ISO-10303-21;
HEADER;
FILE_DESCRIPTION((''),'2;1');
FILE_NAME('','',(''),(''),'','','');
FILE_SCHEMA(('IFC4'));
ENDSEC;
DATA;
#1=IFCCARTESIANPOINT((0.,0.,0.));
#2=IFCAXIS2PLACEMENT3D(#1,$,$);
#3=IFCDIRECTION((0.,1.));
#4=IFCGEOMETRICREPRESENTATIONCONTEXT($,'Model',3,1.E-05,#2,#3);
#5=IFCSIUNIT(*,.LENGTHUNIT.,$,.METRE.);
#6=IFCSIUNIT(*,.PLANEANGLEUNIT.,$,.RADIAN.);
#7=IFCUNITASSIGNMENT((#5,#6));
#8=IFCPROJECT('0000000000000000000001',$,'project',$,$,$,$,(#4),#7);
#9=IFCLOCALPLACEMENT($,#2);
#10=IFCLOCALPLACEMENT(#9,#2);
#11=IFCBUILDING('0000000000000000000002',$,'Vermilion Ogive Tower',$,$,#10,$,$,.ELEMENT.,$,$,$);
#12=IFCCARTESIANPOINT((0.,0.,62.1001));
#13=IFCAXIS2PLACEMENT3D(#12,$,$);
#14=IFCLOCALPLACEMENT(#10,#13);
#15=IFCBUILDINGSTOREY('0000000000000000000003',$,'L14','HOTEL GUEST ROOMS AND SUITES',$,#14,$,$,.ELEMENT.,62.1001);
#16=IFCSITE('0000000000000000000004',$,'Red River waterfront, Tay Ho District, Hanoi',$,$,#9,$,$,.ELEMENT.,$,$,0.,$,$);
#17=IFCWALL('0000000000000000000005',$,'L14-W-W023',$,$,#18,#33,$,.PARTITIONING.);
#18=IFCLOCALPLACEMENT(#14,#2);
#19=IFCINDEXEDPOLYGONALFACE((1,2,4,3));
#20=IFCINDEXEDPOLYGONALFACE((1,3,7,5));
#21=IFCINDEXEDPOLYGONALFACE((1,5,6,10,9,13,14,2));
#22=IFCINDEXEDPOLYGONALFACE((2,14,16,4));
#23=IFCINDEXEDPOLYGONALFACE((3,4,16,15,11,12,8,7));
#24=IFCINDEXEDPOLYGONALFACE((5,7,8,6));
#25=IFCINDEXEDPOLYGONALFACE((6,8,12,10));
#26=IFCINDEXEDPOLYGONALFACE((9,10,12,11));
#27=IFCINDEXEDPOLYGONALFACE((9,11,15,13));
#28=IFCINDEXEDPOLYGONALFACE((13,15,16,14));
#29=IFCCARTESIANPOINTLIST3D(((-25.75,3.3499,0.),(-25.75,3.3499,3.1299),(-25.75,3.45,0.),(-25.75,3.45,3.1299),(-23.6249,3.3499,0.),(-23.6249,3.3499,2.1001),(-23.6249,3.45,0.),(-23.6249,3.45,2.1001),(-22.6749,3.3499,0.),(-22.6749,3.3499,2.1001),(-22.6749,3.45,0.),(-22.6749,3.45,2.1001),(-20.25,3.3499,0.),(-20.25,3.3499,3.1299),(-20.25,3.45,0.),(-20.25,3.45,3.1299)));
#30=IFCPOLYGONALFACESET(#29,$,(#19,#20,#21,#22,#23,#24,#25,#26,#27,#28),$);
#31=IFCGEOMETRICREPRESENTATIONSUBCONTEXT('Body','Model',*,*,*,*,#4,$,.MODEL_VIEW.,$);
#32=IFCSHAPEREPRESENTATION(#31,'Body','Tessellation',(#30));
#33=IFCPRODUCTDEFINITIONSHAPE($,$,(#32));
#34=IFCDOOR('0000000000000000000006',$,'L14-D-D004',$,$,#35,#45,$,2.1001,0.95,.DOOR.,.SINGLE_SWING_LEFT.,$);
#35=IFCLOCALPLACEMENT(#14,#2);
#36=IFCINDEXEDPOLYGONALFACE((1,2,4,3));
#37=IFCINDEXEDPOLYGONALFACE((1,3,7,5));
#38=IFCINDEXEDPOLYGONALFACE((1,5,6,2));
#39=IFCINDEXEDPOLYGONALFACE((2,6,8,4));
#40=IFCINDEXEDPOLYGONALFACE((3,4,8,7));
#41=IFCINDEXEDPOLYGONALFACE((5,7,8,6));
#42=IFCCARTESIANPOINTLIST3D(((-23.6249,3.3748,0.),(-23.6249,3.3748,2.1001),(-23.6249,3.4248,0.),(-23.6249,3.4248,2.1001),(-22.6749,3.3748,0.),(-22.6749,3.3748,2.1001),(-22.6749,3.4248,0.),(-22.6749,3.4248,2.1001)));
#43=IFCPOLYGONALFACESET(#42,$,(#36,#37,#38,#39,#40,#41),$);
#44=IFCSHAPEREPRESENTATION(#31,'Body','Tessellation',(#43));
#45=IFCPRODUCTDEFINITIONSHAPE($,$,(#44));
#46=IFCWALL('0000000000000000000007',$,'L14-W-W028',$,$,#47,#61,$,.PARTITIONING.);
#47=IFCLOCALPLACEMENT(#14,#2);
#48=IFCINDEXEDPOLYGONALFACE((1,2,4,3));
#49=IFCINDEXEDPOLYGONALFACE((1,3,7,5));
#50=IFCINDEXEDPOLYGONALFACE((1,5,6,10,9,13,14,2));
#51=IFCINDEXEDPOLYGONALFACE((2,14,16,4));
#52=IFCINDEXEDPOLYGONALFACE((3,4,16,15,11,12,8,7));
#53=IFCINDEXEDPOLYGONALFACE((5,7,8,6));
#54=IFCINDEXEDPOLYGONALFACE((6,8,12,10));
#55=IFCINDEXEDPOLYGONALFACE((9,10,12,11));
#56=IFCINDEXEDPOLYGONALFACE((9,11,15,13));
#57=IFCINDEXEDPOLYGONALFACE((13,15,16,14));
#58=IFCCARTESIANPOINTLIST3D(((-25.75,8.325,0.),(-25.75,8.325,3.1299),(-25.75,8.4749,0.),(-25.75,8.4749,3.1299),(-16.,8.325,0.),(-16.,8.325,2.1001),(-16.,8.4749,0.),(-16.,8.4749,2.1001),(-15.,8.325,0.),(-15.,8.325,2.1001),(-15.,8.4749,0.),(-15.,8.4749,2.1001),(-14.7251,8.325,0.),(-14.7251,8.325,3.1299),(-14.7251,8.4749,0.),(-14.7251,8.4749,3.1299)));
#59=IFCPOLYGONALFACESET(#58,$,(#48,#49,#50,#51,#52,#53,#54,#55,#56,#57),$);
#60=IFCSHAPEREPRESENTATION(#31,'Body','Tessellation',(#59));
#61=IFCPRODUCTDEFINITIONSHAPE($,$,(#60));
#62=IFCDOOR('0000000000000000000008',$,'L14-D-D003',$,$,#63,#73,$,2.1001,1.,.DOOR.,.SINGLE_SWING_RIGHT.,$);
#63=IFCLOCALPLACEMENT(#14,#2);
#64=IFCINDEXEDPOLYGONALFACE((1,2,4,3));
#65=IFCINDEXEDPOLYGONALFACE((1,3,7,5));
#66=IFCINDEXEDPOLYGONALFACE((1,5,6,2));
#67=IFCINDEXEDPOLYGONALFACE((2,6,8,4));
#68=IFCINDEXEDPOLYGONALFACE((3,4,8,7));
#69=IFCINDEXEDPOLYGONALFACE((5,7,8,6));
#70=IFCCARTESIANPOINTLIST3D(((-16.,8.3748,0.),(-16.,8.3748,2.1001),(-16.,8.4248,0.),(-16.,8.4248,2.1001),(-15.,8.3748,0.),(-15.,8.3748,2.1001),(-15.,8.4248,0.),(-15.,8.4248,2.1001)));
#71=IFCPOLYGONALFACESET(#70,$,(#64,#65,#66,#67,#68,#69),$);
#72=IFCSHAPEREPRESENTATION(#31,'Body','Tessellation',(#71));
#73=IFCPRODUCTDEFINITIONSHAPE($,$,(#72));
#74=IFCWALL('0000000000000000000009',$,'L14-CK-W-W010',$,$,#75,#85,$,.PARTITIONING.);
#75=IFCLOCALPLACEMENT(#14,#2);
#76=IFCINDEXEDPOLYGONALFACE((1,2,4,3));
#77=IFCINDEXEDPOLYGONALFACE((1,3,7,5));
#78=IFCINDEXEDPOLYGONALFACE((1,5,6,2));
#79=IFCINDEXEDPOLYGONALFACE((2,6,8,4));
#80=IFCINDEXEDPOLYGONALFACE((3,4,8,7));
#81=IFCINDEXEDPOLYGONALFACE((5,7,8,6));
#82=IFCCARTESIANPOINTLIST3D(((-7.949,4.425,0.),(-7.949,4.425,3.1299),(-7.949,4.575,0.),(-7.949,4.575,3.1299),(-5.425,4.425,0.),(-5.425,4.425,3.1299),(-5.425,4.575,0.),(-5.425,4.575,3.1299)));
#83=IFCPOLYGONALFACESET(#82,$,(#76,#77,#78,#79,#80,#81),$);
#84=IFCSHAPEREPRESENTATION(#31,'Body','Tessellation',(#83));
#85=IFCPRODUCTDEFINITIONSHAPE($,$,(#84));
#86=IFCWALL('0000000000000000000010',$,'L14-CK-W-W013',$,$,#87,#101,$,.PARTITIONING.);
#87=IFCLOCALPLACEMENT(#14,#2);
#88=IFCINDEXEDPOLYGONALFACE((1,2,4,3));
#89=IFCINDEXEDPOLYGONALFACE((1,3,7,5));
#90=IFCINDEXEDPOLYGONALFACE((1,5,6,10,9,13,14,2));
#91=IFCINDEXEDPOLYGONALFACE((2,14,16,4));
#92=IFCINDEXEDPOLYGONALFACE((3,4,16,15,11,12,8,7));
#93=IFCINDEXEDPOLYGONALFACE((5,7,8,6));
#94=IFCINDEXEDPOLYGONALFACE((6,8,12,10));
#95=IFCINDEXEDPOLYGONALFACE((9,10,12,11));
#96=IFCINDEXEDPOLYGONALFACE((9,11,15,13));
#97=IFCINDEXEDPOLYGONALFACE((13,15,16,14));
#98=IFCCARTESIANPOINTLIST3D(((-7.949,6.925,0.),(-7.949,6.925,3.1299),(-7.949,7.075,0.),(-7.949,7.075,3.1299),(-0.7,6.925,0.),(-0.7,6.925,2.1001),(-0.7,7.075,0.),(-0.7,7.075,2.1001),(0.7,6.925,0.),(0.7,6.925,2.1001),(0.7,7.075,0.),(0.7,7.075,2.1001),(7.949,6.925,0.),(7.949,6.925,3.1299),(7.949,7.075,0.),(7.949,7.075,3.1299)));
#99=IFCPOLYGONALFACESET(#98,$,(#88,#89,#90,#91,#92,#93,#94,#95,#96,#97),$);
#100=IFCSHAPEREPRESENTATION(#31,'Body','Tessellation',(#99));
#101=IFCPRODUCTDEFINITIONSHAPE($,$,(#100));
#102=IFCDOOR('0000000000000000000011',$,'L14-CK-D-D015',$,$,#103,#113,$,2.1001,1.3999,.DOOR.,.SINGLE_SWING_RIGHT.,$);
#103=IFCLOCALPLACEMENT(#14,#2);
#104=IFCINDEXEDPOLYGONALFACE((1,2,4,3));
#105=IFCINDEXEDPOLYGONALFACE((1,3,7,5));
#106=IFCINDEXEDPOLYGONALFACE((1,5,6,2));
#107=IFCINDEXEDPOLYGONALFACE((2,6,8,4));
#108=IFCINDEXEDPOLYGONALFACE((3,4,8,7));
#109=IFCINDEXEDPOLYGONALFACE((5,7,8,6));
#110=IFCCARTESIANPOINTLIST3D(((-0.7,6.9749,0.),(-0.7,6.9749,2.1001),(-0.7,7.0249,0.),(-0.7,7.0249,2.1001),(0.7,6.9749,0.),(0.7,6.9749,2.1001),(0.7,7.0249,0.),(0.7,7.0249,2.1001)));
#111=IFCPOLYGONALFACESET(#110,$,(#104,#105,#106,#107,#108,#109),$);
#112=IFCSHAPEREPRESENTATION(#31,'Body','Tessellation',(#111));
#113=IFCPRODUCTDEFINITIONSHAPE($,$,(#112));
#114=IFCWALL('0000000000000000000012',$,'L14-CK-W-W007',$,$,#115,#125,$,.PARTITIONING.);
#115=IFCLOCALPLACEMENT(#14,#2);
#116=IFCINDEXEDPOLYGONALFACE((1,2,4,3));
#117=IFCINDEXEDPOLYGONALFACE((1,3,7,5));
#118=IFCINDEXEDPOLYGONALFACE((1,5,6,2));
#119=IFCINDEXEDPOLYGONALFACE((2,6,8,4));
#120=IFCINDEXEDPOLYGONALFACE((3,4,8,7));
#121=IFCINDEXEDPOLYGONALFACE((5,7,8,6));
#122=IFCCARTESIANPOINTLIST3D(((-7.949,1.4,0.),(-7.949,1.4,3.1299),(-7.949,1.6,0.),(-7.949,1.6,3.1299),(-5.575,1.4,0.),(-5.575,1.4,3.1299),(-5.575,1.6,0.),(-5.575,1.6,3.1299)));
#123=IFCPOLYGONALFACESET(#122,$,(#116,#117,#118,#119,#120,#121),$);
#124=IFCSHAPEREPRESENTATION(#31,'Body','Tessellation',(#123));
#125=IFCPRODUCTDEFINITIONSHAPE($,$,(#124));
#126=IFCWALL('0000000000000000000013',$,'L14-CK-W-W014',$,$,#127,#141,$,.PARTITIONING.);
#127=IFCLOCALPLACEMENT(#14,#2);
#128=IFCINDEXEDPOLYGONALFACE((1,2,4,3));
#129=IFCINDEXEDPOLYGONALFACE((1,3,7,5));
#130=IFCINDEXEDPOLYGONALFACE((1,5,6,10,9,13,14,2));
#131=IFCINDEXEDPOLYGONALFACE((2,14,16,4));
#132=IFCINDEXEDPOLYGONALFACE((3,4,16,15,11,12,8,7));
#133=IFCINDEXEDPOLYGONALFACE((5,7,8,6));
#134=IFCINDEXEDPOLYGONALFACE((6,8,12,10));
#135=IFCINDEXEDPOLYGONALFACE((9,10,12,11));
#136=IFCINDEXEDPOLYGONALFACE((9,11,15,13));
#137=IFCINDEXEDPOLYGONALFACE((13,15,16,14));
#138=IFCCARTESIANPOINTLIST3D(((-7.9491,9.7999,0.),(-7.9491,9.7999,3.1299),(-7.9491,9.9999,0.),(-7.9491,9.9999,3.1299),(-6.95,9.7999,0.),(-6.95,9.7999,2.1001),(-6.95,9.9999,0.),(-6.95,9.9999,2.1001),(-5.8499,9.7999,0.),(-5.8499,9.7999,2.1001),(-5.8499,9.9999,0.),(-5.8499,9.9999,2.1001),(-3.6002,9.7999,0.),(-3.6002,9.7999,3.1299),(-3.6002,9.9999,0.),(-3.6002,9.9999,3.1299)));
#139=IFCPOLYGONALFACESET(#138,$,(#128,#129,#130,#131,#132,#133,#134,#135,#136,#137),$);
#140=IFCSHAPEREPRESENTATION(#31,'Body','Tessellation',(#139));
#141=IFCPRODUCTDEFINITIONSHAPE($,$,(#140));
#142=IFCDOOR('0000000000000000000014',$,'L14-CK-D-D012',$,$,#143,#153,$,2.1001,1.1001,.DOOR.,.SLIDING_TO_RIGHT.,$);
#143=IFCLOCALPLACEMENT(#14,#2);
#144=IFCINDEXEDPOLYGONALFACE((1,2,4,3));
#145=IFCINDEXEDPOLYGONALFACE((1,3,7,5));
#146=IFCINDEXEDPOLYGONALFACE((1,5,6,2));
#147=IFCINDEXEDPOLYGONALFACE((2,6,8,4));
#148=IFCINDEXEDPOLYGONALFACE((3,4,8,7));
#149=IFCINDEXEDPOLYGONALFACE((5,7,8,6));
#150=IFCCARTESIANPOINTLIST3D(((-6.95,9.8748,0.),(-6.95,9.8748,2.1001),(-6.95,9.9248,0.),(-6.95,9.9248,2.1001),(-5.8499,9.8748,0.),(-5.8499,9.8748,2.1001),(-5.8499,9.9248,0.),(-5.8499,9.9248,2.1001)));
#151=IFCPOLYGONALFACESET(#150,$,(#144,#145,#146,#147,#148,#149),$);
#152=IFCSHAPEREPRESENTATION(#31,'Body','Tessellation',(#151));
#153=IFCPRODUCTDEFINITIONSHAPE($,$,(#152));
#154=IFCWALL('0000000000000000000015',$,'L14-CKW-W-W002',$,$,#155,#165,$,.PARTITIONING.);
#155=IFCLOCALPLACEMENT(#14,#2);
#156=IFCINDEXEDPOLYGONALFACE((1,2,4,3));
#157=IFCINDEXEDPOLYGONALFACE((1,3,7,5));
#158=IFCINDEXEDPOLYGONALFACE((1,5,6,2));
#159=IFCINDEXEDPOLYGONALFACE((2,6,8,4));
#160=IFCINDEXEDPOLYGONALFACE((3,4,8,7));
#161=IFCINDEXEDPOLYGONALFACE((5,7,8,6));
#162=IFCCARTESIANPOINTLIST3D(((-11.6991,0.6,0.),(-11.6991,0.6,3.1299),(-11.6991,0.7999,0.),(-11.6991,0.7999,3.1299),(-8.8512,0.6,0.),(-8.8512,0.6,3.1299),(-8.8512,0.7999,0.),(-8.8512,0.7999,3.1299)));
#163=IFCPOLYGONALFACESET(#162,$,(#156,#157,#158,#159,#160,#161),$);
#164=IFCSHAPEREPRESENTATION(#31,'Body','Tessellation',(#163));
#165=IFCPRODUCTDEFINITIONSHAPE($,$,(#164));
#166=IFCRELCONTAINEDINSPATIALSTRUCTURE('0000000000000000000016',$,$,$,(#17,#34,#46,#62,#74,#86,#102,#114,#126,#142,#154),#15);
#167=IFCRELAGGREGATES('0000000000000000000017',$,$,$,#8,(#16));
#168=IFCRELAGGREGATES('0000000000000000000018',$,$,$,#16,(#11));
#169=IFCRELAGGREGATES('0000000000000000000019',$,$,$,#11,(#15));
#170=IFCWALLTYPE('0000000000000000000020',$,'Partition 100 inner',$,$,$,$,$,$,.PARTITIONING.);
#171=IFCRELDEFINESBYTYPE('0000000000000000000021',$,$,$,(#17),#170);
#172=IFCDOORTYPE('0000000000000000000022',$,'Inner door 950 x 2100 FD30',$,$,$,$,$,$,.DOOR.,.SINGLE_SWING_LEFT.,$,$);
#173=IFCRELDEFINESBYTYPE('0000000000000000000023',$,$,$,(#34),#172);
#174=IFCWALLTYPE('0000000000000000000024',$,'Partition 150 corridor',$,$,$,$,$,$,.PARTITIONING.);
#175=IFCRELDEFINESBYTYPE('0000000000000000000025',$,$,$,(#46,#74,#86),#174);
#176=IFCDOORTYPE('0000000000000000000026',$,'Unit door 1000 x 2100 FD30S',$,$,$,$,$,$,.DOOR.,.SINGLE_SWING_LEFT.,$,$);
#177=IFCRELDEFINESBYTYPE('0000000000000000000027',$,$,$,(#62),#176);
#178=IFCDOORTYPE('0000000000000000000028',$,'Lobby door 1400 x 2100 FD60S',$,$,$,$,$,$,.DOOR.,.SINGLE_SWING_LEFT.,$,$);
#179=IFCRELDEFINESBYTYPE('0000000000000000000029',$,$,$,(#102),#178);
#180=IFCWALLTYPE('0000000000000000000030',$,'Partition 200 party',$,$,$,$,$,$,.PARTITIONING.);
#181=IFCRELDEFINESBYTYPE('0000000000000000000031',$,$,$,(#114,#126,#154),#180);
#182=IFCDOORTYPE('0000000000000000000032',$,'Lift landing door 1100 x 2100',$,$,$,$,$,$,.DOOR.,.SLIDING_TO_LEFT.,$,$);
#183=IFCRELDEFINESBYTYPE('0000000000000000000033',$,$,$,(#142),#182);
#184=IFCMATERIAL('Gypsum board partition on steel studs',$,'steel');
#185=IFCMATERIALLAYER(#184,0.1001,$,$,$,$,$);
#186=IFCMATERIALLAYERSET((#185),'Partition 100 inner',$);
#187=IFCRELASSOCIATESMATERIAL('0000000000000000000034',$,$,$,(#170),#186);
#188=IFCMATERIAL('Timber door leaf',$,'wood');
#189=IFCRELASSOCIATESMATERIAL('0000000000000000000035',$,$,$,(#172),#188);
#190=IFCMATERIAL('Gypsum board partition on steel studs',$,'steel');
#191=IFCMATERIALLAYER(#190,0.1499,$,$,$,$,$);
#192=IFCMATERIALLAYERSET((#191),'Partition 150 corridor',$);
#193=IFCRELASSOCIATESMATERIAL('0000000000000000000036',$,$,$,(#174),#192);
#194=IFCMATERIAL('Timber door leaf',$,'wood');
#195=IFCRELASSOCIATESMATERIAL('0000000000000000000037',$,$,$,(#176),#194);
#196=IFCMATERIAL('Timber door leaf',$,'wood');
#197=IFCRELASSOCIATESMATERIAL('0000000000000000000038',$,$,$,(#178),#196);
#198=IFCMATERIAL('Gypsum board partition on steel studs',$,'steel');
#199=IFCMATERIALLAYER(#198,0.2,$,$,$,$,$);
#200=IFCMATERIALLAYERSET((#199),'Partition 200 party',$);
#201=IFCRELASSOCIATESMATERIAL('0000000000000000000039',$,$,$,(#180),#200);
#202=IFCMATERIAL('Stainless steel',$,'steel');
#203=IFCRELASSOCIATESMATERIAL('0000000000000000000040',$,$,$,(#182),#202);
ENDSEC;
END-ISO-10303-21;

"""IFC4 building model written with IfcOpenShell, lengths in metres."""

from ifc_helpers import new_model, si_unit, direction, frame, frame_2d, origin, place, context, subcontext, project, spatial, rectangle, extrude, material, layer, layer_set, type_object, element, fill, save


model = new_model("IFC4")

# Units and contexts
model_context = context("Model", 3, precision=1e-05, world=origin(), true_north=direction((0.0, 1.0)))
body_context = subcontext(model_context, "Body", "Model", "MODEL_VIEW")
ifc_project = project(units=[si_unit("LENGTHUNIT", "METRE"), si_unit("PLANEANGLEUNIT", "RADIAN")], contexts=[model_context])

# Site, building, storey
site_placement = place(None, origin())
site = spatial("IfcSite", under=ifc_project, at=site_placement, Name="Red River waterfront, Tay Ho District, Hanoi", CompositionType="ELEMENT", RefElevation=0.0)
building_placement = place(site_placement, origin())
building = spatial("IfcBuilding", under=site, at=building_placement, Name="Vermilion Ogive Tower", CompositionType="ELEMENT")
storey_placement = place(building_placement, frame((0.0, 0.0, 62.1001)))
storey = spatial("IfcBuildingStorey", under=building, at=storey_placement, Name="L14", Description="HOTEL GUEST ROOMS AND SUITES", CompositionType="ELEMENT", Elevation=62.1001)

# Walls, openings, doors
ifc_material_1 = material(Name="Gypsum board partition on steel studs", Category="steel")
ifc_layer_1 = layer(ifc_material_1, 0.1001)
ifc_layer_set_1 = layer_set([ifc_layer_1], Name="Partition 100 inner")
wall_type_1 = type_object("IfcWallType", Name="Partition 100 inner", PredefinedType="PARTITIONING", material=ifc_layer_set_1)
wall_1_placement = place(storey_placement, frame((-25.75, 3.3999, 0.0), z_axis=(0.0, 0.0, 1.0), x_axis=(1.0, 0.0, 0.0)))
wall_1 = element("IfcWall", 1, at=wall_1_placement, inside=storey, type_object=wall_type_1, Name="L14-W-W023", PredefinedType="PARTITIONING", context=body_context, shape_type="SweptSolid", body=[
    extrude(rectangle(XDim=5.5, YDim=0.1001, at=frame_2d((2.75, 0.0))), origin(), (0.0, 0.0, 1.0), 3.1299),
])
opening_1_placement = place(wall_1_placement, frame((2.125, 0.0, 0.0)))
opening_1 = element("IfcOpeningElement", 2, at=opening_1_placement, cuts=wall_1, PredefinedType="OPENING", context=body_context, shape_type="SweptSolid", body=[
    extrude(rectangle(XDim=0.95, YDim=2.1001, at=frame_2d((0.4751, 1.05))), frame((0.0, 0.0601, 0.0), z_axis=(0.0, -1.0, 0.0), x_axis=(1.0, 0.0, 0.0)), (0.0, 0.0, 1.0), 0.1201),
])
ifc_material_2 = material(Name="Timber door leaf", Category="wood")
door_type_1 = type_object("IfcDoorType", Name="Inner door 950 x 2100 FD30", OperationType="SINGLE_SWING_LEFT", PredefinedType="DOOR", material=ifc_material_2)
door_1_placement = place(opening_1_placement, origin())
door_1 = element("IfcDoor", 3, at=door_1_placement, inside=storey, type_object=door_type_1, Name="L14-D-D004", OperationType="SINGLE_SWING_LEFT", OverallHeight=2.1001, OverallWidth=0.95, PredefinedType="DOOR", context=body_context, shape_type="SweptSolid", body=[
    extrude(rectangle(XDim=0.95, YDim=2.1001, at=frame_2d((0.4751, 1.05))), frame((0.0, 0.0249, 0.0), z_axis=(0.0, -1.0, 0.0), x_axis=(1.0, 0.0, 0.0)), (0.0, 0.0, 1.0), 0.05),
])
fill(opening_1, door_1)
ifc_material_3 = material(Name="Gypsum board partition on steel studs", Category="steel")
ifc_layer_2 = layer(ifc_material_3, 0.1499)
ifc_layer_set_2 = layer_set([ifc_layer_2], Name="Partition 150 corridor")
wall_type_2 = type_object("IfcWallType", Name="Partition 150 corridor", PredefinedType="PARTITIONING", material=ifc_layer_set_2)
wall_2_placement = place(storey_placement, frame((-25.75, 8.3999, 0.0), z_axis=(0.0, 0.0, 1.0), x_axis=(1.0, 0.0, 0.0)))
wall_2 = element("IfcWall", 4, at=wall_2_placement, inside=storey, type_object=wall_type_2, Name="L14-W-W028", PredefinedType="PARTITIONING", context=body_context, shape_type="SweptSolid", body=[
    extrude(rectangle(XDim=11.0249, YDim=0.1499, at=frame_2d((5.5125, 0.0))), origin(), (0.0, 0.0, 1.0), 3.1299),
])
opening_2_placement = place(wall_2_placement, frame((9.75, 0.0, 0.0)))
opening_2 = element("IfcOpeningElement", 5, at=opening_2_placement, cuts=wall_2, PredefinedType="OPENING", context=body_context, shape_type="SweptSolid", body=[
    extrude(rectangle(XDim=1.0, YDim=2.1001, at=frame_2d((0.5, 1.05))), frame((0.0, 0.085, 0.0), z_axis=(0.0, -1.0, 0.0), x_axis=(1.0, 0.0, 0.0)), (0.0, 0.0, 1.0), 0.1699),
])
ifc_material_4 = material(Name="Timber door leaf", Category="wood")
door_type_2 = type_object("IfcDoorType", Name="Unit door 1000 x 2100 FD30S", OperationType="SINGLE_SWING_LEFT", PredefinedType="DOOR", material=ifc_material_4)
door_2_placement = place(opening_2_placement, origin())
door_2 = element("IfcDoor", 6, at=door_2_placement, inside=storey, type_object=door_type_2, Name="L14-D-D003", OperationType="SINGLE_SWING_RIGHT", OverallHeight=2.1001, OverallWidth=1.0, PredefinedType="DOOR", context=body_context, shape_type="SweptSolid", body=[
    extrude(rectangle(XDim=1.0, YDim=2.1001, at=frame_2d((0.5, 1.05))), frame((0.0, 0.0249, 0.0), z_axis=(0.0, -1.0, 0.0), x_axis=(1.0, 0.0, 0.0)), (0.0, 0.0, 1.0), 0.05),
])
fill(opening_2, door_2)

# Wall
wall_3_placement = place(storey_placement, frame((-7.949, 4.5, 0.0), z_axis=(0.0, 0.0, 1.0), x_axis=(1.0, 0.0, 0.0)))
element("IfcWall", 7, at=wall_3_placement, inside=storey, type_object=wall_type_2, Name="L14-CK-W-W010", PredefinedType="PARTITIONING", context=body_context, shape_type="SweptSolid", body=[
    extrude(rectangle(XDim=2.5239, YDim=0.1499, at=frame_2d((1.262, 0.0))), origin(), (0.0, 0.0, 1.0), 3.1299),
])

# Wall, opening, door
wall_4_placement = place(storey_placement, frame((-7.949, 7.0, 0.0), z_axis=(0.0, 0.0, 1.0), x_axis=(1.0, 0.0, 0.0)))
wall_4 = element("IfcWall", 8, at=wall_4_placement, inside=storey, type_object=wall_type_2, Name="L14-CK-W-W013", PredefinedType="PARTITIONING", context=body_context, shape_type="SweptSolid", body=[
    extrude(rectangle(XDim=15.8979, YDim=0.1499, at=frame_2d((7.949, 0.0))), origin(), (0.0, 0.0, 1.0), 3.1299),
])
opening_3_placement = place(wall_4_placement, frame((7.249, 0.0, 0.0)))
opening_3 = element("IfcOpeningElement", 9, at=opening_3_placement, cuts=wall_4, PredefinedType="OPENING", context=body_context, shape_type="SweptSolid", body=[
    extrude(rectangle(XDim=1.3999, YDim=2.1001, at=frame_2d((0.7, 1.05))), frame((0.0, 0.085, 0.0), z_axis=(0.0, -1.0, 0.0), x_axis=(1.0, 0.0, 0.0)), (0.0, 0.0, 1.0), 0.1699),
])
ifc_material_5 = material(Name="Timber door leaf", Category="wood")
door_type_3 = type_object("IfcDoorType", Name="Lobby door 1400 x 2100 FD60S", OperationType="SINGLE_SWING_LEFT", PredefinedType="DOOR", material=ifc_material_5)
door_3_placement = place(opening_3_placement, origin())
door_3 = element("IfcDoor", 10, at=door_3_placement, inside=storey, type_object=door_type_3, Name="L14-CK-D-D015", OperationType="SINGLE_SWING_RIGHT", OverallHeight=2.1001, OverallWidth=1.3999, PredefinedType="DOOR", context=body_context, shape_type="SweptSolid", body=[
    extrude(rectangle(XDim=1.3999, YDim=2.1001, at=frame_2d((0.7, 1.05))), frame((0.0, 0.0249, 0.0), z_axis=(0.0, -1.0, 0.0), x_axis=(1.0, 0.0, 0.0)), (0.0, 0.0, 1.0), 0.05),
])
fill(opening_3, door_3)

# Wall
ifc_material_6 = material(Name="Gypsum board partition on steel studs", Category="steel")
ifc_layer_3 = layer(ifc_material_6, 0.2)
ifc_layer_set_3 = layer_set([ifc_layer_3], Name="Partition 200 party")
wall_type_3 = type_object("IfcWallType", Name="Partition 200 party", PredefinedType="PARTITIONING", material=ifc_layer_set_3)
wall_5_placement = place(storey_placement, frame((-7.949, 1.5, 0.0), z_axis=(0.0, 0.0, 1.0), x_axis=(1.0, 0.0, 0.0)))
element("IfcWall", 11, at=wall_5_placement, inside=storey, type_object=wall_type_3, Name="L14-CK-W-W007", PredefinedType="PARTITIONING", context=body_context, shape_type="SweptSolid", body=[
    extrude(rectangle(XDim=2.374, YDim=0.2, at=frame_2d((1.187, 0.0))), origin(), (0.0, 0.0, 1.0), 3.1299),
])

# Wall, opening, door
wall_6_placement = place(storey_placement, frame((-7.949, 9.8999, 0.0), z_axis=(0.0, 0.0, 1.0), x_axis=(1.0, 0.0, 0.0)))
wall_6 = element("IfcWall", 12, at=wall_6_placement, inside=storey, type_object=wall_type_3, Name="L14-CK-W-W014", PredefinedType="PARTITIONING", context=body_context, shape_type="SweptSolid", body=[
    extrude(rectangle(XDim=4.3489, YDim=0.2, at=frame_2d((2.1743, 0.0))), origin(), (0.0, 0.0, 1.0), 3.1299),
])
opening_4_placement = place(wall_6_placement, frame((0.999, 0.0, 0.0)))
opening_4 = element("IfcOpeningElement", 13, at=opening_4_placement, cuts=wall_6, PredefinedType="OPENING", context=body_context, shape_type="SweptSolid", body=[
    extrude(rectangle(XDim=1.1001, YDim=2.1001, at=frame_2d((0.55, 1.05))), frame((0.0, 0.1099, 0.0), z_axis=(0.0, -1.0, 0.0), x_axis=(1.0, 0.0, 0.0)), (0.0, 0.0, 1.0), 0.22),
])
ifc_material_7 = material(Name="Stainless steel", Category="steel")
door_type_4 = type_object("IfcDoorType", Name="Lift landing door 1100 x 2100", OperationType="SLIDING_TO_LEFT", PredefinedType="DOOR", material=ifc_material_7)
door_4_placement = place(opening_4_placement, origin())
door_4 = element("IfcDoor", 14, at=door_4_placement, inside=storey, type_object=door_type_4, Name="L14-CK-D-D012", OperationType="SLIDING_TO_RIGHT", OverallHeight=2.1001, OverallWidth=1.1001, PredefinedType="DOOR", context=body_context, shape_type="SweptSolid", body=[
    extrude(rectangle(XDim=1.1001, YDim=2.1001, at=frame_2d((0.55, 1.05))), frame((0.0, 0.0249, 0.0), z_axis=(0.0, -1.0, 0.0), x_axis=(1.0, 0.0, 0.0)), (0.0, 0.0, 1.0), 0.05),
])
fill(opening_4, door_4)

# Wall
for number, where, z_axis, x_axis, name in (
    (15, (-11.699, 0.7, 0.0), (0.0, 0.0, 1.0), (1.0, 0.0, 0.0), "L14-CKW-W-W002"),
):
    element("IfcWall", number, at=place(storey_placement, frame(where, z_axis=z_axis, x_axis=x_axis)), inside=storey, type_object=wall_type_3, Name=name, PredefinedType="PARTITIONING", context=body_context, shape_type="SweptSolid", body=[
        extrude(rectangle(XDim=2.8479, YDim=0.2, at=frame_2d((1.4238, 0.0))), origin(), (0.0, 0.0, 1.0), 3.1299),
    ])

save(model, "model.ifc")
